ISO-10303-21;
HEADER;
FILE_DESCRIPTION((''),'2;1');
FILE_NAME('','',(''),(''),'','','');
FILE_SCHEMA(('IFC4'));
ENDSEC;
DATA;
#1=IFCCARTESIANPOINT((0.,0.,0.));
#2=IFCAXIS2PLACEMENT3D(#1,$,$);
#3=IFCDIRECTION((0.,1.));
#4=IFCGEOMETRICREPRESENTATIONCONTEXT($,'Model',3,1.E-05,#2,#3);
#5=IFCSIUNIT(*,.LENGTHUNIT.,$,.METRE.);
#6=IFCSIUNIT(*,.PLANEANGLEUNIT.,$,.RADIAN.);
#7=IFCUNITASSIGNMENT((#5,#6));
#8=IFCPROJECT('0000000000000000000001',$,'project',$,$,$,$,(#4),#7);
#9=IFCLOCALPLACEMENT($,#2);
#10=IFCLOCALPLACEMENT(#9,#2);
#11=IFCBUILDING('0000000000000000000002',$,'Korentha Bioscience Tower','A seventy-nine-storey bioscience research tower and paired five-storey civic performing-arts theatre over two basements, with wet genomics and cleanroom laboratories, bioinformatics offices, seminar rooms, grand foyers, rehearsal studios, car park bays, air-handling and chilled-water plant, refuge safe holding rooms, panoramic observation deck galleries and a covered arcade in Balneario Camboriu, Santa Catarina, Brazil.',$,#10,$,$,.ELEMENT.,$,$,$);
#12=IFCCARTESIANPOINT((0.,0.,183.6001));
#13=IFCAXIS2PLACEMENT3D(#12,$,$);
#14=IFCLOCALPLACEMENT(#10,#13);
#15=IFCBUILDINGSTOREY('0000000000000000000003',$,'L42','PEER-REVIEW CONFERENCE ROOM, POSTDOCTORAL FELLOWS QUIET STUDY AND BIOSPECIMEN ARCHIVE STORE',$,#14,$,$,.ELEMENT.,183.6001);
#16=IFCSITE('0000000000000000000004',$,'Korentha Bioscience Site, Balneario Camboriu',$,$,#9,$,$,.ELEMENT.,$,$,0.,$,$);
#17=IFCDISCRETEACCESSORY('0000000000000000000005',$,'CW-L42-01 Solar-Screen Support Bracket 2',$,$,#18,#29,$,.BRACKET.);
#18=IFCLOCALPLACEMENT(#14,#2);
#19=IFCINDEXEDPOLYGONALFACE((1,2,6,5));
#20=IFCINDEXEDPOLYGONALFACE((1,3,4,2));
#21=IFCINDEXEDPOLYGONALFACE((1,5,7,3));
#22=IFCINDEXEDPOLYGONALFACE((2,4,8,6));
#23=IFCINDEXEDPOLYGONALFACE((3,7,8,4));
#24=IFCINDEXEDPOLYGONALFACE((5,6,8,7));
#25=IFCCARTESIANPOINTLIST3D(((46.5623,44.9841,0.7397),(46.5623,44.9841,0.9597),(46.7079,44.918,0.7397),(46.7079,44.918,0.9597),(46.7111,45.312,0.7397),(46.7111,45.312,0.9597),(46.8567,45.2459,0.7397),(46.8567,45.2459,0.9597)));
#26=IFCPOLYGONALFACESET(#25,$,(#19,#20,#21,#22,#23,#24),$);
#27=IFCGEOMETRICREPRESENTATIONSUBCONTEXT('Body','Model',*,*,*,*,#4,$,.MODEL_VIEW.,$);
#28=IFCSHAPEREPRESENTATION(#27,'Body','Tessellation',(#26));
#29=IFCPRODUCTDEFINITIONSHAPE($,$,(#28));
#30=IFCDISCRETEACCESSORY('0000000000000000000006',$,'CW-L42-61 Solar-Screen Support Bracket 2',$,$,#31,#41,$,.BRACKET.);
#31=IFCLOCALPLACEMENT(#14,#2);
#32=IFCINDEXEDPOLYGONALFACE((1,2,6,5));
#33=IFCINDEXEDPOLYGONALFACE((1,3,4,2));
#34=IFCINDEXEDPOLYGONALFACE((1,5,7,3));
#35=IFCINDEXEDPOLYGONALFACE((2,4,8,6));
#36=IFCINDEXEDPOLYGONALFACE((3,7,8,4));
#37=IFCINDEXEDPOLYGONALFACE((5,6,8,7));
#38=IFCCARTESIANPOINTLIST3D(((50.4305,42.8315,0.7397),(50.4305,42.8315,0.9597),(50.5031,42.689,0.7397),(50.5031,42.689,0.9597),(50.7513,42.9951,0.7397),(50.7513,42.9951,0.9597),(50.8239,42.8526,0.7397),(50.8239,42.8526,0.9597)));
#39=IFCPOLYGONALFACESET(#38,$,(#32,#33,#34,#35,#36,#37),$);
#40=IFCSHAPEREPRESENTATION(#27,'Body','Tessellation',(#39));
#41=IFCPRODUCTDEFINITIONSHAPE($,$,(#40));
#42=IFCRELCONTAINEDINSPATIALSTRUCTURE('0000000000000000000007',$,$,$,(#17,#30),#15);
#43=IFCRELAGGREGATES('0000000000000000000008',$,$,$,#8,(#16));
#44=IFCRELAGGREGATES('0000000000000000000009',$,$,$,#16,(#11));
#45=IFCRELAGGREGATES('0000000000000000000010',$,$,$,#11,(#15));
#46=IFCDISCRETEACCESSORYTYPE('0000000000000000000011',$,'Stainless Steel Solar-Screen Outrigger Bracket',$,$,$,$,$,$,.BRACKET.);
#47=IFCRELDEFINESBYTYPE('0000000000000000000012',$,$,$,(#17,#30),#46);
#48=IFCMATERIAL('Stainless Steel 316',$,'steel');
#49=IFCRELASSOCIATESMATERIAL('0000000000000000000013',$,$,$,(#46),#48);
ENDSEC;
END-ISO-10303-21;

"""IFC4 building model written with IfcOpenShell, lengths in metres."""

from ifc_helpers import new_model, si_unit, direction, frame, origin, origin_2d, place, context, subcontext, project, spatial, rectangle, extrude, material, type_object, element, save


model = new_model("IFC4")

# Units and contexts
model_context = context("Model", 3, precision=1e-05, world=origin(), true_north=direction((0.0, 1.0)))
body_context = subcontext(model_context, "Body", "Model", "MODEL_VIEW")
ifc_project = project(units=[si_unit("LENGTHUNIT", "METRE"), si_unit("PLANEANGLEUNIT", "RADIAN")], contexts=[model_context])

# Site, building, storey
site_placement = place(None, origin())
site = spatial("IfcSite", under=ifc_project, at=site_placement, Name="Korentha Bioscience Site, Balneario Camboriu", CompositionType="ELEMENT", RefElevation=0.0)
building_placement = place(site_placement, origin())
building = spatial("IfcBuilding", under=site, at=building_placement, Name="Korentha Bioscience Tower", Description="A seventy-nine-storey bioscience research tower and paired five-storey civic performing-arts theatre over two basements, with wet genomics and cleanroom laboratories, bioinformatics offices, seminar rooms, grand foyers, rehearsal studios, car park bays, air-handling and chilled-water plant, refuge safe holding rooms, panoramic observation deck galleries and a covered arcade in Balneario Camboriu, Santa Catarina, Brazil.", CompositionType="ELEMENT")
storey_placement = place(building_placement, frame((0.0, 0.0, 183.6001)))
storey = spatial("IfcBuildingStorey", under=building, at=storey_placement, Name="L42", Description="PEER-REVIEW CONFERENCE ROOM, POSTDOCTORAL FELLOWS QUIET STUDY AND BIOSPECIMEN ARCHIVE STORE", CompositionType="ELEMENT", Elevation=183.6001)

# Discrete accessories
ifc_material_1 = material(Name="Stainless Steel 316", Category="steel")
discrete_accessory_type = type_object("IfcDiscreteAccessoryType", Name="Stainless Steel Solar-Screen Outrigger Bracket", PredefinedType="BRACKET", material=ifc_material_1)
for number, where, z_axis, x_axis, name in (
    (1, (46.7095, 45.115, 0.7397), (0.0, 0.0, 1.0), (-0.910644, 0.413191, 0.0), "CW-L42-01 Solar-Screen Support Bracket 2"),
    (2, (50.6272, 42.842, 0.7397), (0.0, 0.0, 1.0), (-0.454288, 0.890855, 0.0), "CW-L42-61 Solar-Screen Support Bracket 2"),
):
    element("IfcDiscreteAccessory", number, at=place(storey_placement, frame(where, z_axis=z_axis, x_axis=x_axis)), inside=storey, type_object=discrete_accessory_type, Name=name, PredefinedType="BRACKET", context=body_context, shape_type="SweptSolid", body=[
        extrude(rectangle(XDim=0.1599, YDim=0.3601, at=origin_2d()), origin(), (0.0, 0.0, 1.0), 0.22),
    ])

save(model, "model.ifc")
